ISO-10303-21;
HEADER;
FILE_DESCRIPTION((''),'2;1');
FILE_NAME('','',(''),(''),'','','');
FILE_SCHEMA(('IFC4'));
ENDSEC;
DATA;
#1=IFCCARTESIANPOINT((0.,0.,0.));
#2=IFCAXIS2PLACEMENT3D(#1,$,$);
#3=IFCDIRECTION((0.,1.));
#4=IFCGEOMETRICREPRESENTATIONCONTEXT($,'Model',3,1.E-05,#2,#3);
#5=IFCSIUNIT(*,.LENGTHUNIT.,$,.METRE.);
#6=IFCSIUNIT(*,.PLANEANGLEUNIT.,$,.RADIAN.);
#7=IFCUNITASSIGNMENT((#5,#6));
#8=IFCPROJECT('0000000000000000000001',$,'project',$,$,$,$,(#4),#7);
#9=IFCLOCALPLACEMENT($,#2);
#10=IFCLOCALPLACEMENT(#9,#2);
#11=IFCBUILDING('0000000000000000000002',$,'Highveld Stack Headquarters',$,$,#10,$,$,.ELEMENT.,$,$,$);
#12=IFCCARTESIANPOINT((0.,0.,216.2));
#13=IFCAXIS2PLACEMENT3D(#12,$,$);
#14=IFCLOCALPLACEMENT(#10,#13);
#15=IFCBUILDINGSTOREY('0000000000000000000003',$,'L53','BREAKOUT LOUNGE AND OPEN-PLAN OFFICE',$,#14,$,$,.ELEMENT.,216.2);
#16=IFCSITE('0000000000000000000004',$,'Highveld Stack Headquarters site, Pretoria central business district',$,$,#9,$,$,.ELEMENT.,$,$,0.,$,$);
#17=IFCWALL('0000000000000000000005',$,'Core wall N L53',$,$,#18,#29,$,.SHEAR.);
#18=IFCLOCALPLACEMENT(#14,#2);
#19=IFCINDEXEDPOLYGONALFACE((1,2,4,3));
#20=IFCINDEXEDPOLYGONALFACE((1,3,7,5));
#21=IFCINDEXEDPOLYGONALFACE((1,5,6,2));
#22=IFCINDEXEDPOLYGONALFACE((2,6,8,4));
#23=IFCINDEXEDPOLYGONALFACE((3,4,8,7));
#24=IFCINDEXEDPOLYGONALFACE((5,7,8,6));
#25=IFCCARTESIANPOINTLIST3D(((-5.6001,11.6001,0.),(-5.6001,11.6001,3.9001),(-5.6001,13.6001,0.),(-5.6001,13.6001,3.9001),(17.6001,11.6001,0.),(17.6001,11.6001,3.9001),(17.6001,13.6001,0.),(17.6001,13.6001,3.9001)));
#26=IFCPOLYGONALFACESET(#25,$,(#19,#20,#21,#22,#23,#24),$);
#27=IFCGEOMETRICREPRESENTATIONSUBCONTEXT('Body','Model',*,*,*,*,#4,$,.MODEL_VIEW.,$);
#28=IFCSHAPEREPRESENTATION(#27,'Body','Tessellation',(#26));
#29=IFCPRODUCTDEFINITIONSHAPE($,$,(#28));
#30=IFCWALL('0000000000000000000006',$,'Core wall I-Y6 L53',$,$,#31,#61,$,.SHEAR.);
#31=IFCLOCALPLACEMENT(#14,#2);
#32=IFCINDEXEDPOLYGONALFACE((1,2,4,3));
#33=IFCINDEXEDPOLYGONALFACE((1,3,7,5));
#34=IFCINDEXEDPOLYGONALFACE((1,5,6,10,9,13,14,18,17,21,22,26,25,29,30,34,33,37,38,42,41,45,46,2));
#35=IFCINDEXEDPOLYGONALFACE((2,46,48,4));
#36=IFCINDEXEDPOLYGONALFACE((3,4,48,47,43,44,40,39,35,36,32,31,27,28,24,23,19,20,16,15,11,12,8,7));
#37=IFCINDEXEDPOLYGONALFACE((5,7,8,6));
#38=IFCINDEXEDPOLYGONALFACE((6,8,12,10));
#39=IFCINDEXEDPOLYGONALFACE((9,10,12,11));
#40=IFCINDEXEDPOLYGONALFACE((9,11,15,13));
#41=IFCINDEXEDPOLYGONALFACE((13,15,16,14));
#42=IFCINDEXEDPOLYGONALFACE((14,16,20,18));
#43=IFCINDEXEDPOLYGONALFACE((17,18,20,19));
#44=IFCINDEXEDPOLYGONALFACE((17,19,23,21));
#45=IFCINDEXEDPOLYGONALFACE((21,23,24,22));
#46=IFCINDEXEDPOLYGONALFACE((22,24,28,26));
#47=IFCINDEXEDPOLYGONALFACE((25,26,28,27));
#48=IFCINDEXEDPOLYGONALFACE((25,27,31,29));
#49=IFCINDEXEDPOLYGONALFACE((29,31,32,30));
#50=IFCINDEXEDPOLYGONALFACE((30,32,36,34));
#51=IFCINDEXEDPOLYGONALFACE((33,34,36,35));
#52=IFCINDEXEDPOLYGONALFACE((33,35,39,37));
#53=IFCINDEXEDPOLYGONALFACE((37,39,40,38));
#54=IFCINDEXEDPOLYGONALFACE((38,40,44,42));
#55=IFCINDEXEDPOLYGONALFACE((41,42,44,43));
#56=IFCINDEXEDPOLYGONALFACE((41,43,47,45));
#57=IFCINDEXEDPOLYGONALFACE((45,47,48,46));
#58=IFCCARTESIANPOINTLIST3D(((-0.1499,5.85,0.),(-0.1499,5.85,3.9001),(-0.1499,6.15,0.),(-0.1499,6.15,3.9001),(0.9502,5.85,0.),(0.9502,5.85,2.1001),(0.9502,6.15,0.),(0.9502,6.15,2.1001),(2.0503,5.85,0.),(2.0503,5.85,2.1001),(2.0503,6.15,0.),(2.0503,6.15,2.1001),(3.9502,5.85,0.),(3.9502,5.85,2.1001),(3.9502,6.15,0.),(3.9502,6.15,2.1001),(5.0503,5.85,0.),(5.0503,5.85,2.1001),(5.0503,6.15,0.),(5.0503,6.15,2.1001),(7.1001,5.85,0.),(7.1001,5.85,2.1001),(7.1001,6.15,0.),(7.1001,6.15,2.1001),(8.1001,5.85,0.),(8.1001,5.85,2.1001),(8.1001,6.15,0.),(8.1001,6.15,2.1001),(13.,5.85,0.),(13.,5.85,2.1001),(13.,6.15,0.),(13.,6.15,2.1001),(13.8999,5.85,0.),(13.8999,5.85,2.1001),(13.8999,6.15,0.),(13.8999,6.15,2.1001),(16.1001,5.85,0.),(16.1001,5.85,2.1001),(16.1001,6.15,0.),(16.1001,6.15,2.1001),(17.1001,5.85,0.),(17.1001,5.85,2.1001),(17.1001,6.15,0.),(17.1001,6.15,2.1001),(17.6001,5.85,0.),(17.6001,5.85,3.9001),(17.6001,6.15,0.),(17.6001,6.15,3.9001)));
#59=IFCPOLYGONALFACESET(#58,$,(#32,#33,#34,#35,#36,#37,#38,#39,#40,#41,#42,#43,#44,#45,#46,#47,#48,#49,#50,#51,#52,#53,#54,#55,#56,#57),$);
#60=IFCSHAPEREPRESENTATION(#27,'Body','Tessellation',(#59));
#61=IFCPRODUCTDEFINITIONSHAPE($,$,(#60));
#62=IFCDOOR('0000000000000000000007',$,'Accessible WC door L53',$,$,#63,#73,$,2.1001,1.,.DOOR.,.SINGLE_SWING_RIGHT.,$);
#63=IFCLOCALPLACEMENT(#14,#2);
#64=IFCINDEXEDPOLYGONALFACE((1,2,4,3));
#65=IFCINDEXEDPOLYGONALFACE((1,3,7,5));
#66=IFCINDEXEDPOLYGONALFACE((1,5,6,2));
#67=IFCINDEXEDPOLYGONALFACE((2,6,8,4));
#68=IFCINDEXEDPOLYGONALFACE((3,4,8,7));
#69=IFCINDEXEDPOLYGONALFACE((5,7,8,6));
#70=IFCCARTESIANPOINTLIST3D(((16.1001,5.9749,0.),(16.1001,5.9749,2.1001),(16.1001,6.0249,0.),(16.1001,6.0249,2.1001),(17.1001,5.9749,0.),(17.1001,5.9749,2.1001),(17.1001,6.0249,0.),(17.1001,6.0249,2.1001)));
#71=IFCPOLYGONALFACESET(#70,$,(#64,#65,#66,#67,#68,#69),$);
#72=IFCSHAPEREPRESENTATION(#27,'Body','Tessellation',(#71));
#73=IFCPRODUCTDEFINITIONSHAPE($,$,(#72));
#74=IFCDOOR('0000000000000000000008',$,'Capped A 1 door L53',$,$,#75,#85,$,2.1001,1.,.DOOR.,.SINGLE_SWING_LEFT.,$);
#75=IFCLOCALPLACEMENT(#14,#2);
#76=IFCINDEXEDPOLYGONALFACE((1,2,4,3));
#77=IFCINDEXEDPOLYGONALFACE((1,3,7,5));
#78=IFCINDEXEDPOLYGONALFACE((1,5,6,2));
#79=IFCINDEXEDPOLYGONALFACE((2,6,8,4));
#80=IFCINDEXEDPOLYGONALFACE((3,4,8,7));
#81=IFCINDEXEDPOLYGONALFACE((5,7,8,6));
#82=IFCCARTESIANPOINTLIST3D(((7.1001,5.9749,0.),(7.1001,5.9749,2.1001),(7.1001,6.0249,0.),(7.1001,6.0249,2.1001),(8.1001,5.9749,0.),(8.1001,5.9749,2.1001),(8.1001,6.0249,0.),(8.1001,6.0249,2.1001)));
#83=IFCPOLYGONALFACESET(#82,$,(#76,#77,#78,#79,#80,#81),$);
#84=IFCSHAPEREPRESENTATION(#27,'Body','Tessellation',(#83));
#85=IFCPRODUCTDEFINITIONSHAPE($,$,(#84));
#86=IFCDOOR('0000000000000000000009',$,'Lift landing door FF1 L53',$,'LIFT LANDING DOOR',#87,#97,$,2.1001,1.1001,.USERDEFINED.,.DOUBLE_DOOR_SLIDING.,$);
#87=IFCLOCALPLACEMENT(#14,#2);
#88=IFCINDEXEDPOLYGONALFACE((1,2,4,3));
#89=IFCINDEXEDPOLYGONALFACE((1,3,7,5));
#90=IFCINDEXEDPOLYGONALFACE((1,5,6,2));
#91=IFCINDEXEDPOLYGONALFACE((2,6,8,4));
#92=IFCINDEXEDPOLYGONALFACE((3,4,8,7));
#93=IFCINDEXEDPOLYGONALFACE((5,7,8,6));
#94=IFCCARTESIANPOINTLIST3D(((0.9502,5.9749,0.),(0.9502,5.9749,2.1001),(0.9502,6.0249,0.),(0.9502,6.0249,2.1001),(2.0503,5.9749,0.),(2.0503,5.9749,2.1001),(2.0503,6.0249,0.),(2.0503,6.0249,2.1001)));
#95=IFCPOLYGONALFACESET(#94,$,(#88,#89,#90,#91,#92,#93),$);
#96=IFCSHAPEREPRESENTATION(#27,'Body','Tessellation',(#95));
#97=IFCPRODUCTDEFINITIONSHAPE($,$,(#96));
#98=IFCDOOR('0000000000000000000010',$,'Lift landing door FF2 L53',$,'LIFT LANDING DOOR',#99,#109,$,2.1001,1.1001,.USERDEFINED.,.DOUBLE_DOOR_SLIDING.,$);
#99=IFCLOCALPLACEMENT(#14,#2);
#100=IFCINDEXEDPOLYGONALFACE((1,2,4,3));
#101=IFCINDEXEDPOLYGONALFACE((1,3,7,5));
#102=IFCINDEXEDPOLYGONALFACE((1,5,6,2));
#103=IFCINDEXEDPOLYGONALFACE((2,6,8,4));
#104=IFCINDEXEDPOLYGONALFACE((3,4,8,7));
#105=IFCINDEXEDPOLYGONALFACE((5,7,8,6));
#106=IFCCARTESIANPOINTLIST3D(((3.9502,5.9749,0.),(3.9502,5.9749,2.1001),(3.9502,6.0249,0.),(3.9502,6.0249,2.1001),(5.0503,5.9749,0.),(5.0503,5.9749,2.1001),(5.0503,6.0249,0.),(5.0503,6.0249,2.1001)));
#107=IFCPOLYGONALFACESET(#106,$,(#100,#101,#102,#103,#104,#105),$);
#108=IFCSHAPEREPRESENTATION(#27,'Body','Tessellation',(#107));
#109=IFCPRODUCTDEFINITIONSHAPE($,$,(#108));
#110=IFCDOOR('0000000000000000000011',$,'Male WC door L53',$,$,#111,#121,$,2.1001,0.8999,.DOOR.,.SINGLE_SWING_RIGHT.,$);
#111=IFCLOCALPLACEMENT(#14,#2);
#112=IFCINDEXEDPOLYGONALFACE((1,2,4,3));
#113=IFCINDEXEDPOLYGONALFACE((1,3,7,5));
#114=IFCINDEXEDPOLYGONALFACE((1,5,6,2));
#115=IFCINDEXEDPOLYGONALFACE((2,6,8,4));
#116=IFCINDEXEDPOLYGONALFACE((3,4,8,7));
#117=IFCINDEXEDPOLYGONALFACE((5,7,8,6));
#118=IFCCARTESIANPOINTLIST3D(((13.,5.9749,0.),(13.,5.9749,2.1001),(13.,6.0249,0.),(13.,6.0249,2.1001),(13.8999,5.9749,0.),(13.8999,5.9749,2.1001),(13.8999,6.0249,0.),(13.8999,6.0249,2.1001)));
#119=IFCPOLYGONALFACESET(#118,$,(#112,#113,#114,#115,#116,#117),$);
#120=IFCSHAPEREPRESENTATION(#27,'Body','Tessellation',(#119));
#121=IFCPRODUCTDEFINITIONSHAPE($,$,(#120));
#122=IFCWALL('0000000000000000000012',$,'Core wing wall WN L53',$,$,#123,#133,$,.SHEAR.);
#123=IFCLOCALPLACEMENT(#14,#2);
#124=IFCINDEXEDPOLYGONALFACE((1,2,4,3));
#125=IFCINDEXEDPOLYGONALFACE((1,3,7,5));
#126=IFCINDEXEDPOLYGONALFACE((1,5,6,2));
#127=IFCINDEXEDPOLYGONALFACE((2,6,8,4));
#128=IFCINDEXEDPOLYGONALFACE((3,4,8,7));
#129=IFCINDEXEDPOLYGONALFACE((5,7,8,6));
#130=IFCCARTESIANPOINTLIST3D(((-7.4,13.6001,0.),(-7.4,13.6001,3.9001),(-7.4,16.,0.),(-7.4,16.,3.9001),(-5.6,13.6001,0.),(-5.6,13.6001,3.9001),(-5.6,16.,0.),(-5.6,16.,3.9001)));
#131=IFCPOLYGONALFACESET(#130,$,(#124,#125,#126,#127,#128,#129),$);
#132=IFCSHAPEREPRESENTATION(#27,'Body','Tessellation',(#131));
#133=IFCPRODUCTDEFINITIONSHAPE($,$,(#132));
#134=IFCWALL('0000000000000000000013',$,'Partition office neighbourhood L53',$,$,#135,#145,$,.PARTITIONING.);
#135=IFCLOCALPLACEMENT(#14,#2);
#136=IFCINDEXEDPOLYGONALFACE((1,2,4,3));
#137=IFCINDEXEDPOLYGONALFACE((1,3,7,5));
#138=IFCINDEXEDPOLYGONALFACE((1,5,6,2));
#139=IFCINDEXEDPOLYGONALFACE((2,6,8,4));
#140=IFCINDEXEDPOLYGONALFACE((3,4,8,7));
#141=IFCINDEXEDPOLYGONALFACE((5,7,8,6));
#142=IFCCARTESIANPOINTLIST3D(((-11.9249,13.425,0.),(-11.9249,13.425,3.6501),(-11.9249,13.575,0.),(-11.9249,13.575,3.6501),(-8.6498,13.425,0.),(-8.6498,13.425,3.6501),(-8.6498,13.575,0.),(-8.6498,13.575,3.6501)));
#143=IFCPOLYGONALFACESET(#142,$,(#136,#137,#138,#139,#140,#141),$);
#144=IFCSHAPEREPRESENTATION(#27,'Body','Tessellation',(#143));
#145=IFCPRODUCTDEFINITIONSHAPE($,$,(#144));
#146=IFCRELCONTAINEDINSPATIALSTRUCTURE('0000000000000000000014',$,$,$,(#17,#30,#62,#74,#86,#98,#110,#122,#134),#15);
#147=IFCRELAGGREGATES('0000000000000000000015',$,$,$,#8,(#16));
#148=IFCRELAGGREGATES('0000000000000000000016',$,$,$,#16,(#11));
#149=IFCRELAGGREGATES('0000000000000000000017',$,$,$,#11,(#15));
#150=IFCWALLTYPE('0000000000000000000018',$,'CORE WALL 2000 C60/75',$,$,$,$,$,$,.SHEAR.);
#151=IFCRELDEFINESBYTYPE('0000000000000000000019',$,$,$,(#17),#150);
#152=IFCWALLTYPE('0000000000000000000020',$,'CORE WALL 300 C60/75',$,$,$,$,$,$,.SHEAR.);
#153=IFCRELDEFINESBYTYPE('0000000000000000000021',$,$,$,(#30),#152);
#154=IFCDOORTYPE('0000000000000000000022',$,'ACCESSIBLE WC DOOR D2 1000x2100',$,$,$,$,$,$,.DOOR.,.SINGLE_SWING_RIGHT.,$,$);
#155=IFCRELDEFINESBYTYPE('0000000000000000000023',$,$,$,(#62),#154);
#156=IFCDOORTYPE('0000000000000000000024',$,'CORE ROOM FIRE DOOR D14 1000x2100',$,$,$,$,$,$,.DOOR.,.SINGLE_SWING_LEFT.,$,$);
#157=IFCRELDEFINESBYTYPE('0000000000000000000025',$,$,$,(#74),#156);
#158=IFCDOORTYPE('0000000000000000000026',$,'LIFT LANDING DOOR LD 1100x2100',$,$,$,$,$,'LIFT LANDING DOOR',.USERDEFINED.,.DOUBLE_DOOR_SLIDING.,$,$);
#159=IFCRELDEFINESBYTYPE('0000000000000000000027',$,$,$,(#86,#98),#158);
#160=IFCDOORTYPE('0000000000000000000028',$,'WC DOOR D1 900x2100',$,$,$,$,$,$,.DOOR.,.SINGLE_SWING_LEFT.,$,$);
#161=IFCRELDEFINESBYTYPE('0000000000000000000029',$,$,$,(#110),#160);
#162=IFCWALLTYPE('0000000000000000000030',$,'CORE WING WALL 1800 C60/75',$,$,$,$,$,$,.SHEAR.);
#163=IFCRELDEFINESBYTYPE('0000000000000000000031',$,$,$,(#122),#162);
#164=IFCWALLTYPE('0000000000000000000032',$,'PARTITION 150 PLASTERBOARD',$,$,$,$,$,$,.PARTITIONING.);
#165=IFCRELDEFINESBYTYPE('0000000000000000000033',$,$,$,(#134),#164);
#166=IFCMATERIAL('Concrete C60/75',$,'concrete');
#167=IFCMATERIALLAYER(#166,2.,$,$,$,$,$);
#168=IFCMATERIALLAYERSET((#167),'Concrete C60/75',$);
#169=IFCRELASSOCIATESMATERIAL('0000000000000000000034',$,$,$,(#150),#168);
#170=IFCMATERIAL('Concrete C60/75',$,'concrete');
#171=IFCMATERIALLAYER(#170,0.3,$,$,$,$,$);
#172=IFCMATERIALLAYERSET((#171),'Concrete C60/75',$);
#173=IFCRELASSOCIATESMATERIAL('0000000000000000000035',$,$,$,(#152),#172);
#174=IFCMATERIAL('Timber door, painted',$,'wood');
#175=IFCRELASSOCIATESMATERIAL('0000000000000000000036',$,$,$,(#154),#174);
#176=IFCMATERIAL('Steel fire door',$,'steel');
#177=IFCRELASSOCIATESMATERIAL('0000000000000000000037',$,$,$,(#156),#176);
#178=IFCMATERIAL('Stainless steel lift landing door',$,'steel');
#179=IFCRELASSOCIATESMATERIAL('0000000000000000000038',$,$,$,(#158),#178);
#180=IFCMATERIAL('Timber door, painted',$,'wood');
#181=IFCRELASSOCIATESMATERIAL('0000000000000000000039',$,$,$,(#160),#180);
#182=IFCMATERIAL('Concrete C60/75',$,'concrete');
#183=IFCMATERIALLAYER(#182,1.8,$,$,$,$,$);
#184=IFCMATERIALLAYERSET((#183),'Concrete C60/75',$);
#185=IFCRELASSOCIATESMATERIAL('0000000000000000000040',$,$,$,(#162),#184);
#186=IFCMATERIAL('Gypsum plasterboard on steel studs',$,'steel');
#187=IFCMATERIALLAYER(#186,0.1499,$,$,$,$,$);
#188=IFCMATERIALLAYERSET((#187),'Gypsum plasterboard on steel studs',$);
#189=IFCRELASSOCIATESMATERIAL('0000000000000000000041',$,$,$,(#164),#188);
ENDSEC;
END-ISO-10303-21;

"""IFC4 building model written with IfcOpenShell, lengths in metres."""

from ifc_helpers import new_model, si_unit, direction, frame, frame_2d, origin, place, context, subcontext, project, spatial, rectangle, extrude, material, layer, layer_set, type_object, element, fill, save


model = new_model("IFC4")

# Units and contexts
model_context = context("Model", 3, precision=1e-05, world=origin(), true_north=direction((0.0, 1.0)))
body_context = subcontext(model_context, "Body", "Model", "MODEL_VIEW")
ifc_project = project(units=[si_unit("LENGTHUNIT", "METRE"), si_unit("PLANEANGLEUNIT", "RADIAN")], contexts=[model_context])

# Site, building, storey
site_placement = place(None, origin())
site = spatial("IfcSite", under=ifc_project, at=site_placement, Name="Highveld Stack Headquarters site, Pretoria central business district", CompositionType="ELEMENT", RefElevation=0.0)
building_placement = place(site_placement, origin())
building = spatial("IfcBuilding", under=site, at=building_placement, Name="Highveld Stack Headquarters", CompositionType="ELEMENT")
storey_placement = place(building_placement, frame((0.0, 0.0, 216.2)))
storey = spatial("IfcBuildingStorey", under=building, at=storey_placement, Name="L53", Description="BREAKOUT LOUNGE AND OPEN-PLAN OFFICE", CompositionType="ELEMENT", Elevation=216.2)

# Wall
ifc_material_1 = material(Name="Concrete C60/75", Category="concrete")
ifc_layer_1 = layer(ifc_material_1, 2.0)
ifc_layer_set_1 = layer_set([ifc_layer_1], Name="Concrete C60/75")
wall_type_1 = type_object("IfcWallType", Name="CORE WALL 2000 C60/75", PredefinedType="SHEAR", material=ifc_layer_set_1)
wall_1_placement = place(storey_placement, frame((-5.6001, 12.6001, 0.0), z_axis=(0.0, 0.0, 1.0), x_axis=(1.0, 0.0, 0.0)))
element("IfcWall", 1, at=wall_1_placement, inside=storey, type_object=wall_type_1, Name="Core wall N L53", PredefinedType="SHEAR", context=body_context, shape_type="SweptSolid", body=[
    extrude(rectangle(XDim=23.2002, YDim=2.0, at=frame_2d((11.6001, 0.0))), origin(), (0.0, 0.0, 1.0), 3.9001),
])

# Wall, openings, doors
ifc_material_2 = material(Name="Concrete C60/75", Category="concrete")
ifc_layer_2 = layer(ifc_material_2, 0.3)
ifc_layer_set_2 = layer_set([ifc_layer_2], Name="Concrete C60/75")
wall_type_2 = type_object("IfcWallType", Name="CORE WALL 300 C60/75", PredefinedType="SHEAR", material=ifc_layer_set_2)
wall_2_placement = place(storey_placement, frame((-0.1499, 6.0, 0.0), z_axis=(0.0, 0.0, 1.0), x_axis=(1.0, 0.0, 0.0)))
wall_2 = element("IfcWall", 2, at=wall_2_placement, inside=storey, type_object=wall_type_2, Name="Core wall I-Y6 L53", PredefinedType="SHEAR", context=body_context, shape_type="SweptSolid", body=[
    extrude(rectangle(XDim=17.75, YDim=0.3, at=frame_2d((8.875, 0.0))), origin(), (0.0, 0.0, 1.0), 3.9001),
])
opening_1_placement = place(wall_2_placement, frame((13.1499, 0.0, 0.0)))
opening_1 = element("IfcOpeningElement", 3, at=opening_1_placement, cuts=wall_2, PredefinedType="OPENING", context=body_context, shape_type="SweptSolid", body=[
    extrude(rectangle(XDim=0.8999, YDim=2.1001, at=frame_2d((0.45, 1.05))), frame((0.0, 0.1599, 0.0), z_axis=(0.0, -1.0, 0.0), x_axis=(1.0, 0.0, 0.0)), (0.0, 0.0, 1.0), 0.3201),
])
opening_2_placement = place(wall_2_placement, frame((16.25, 0.0, 0.0)))
opening_2 = element("IfcOpeningElement", 4, at=opening_2_placement, cuts=wall_2, PredefinedType="OPENING", context=body_context, shape_type="SweptSolid", body=[
    extrude(rectangle(XDim=1.0, YDim=2.1001, at=frame_2d((0.5, 1.05))), frame((0.0, 0.1599, 0.0), z_axis=(0.0, -1.0, 0.0), x_axis=(1.0, 0.0, 0.0)), (0.0, 0.0, 1.0), 0.3201),
])
opening_3_placement = place(wall_2_placement, frame((7.25, 0.0, 0.0)))
opening_3 = element("IfcOpeningElement", 5, at=opening_3_placement, cuts=wall_2, PredefinedType="OPENING", context=body_context, shape_type="SweptSolid", body=[
    extrude(rectangle(XDim=1.0, YDim=2.1001, at=frame_2d((0.5, 1.05))), frame((0.0, 0.1599, 0.0), z_axis=(0.0, -1.0, 0.0), x_axis=(1.0, 0.0, 0.0)), (0.0, 0.0, 1.0), 0.3201),
])
opening_4_placement = place(wall_2_placement, frame((1.1001, 0.0, 0.0)))
opening_4 = element("IfcOpeningElement", 6, at=opening_4_placement, cuts=wall_2, PredefinedType="OPENING", context=body_context, shape_type="SweptSolid", body=[
    extrude(rectangle(XDim=1.1001, YDim=2.1001, at=frame_2d((0.55, 1.05))), frame((0.0, 0.1599, 0.0), z_axis=(0.0, -1.0, 0.0), x_axis=(1.0, 0.0, 0.0)), (0.0, 0.0, 1.0), 0.3201),
])
opening_5_placement = place(wall_2_placement, frame((4.1001, 0.0, 0.0)))
opening_5 = element("IfcOpeningElement", 7, at=opening_5_placement, cuts=wall_2, PredefinedType="OPENING", context=body_context, shape_type="SweptSolid", body=[
    extrude(rectangle(XDim=1.1001, YDim=2.1001, at=frame_2d((0.55, 1.05))), frame((0.0, 0.1599, 0.0), z_axis=(0.0, -1.0, 0.0), x_axis=(1.0, 0.0, 0.0)), (0.0, 0.0, 1.0), 0.3201),
])
ifc_material_3 = material(Name="Timber door, painted", Category="wood")
door_type_1 = type_object("IfcDoorType", Name="ACCESSIBLE WC DOOR D2 1000x2100", OperationType="SINGLE_SWING_RIGHT", PredefinedType="DOOR", material=ifc_material_3)
door_1_placement = place(opening_2_placement, origin())
door_1 = element("IfcDoor", 8, at=door_1_placement, inside=storey, type_object=door_type_1, Name="Accessible WC door L53", OperationType="SINGLE_SWING_RIGHT", OverallHeight=2.1001, OverallWidth=1.0, PredefinedType="DOOR", context=body_context, shape_type="SweptSolid", body=[
    extrude(rectangle(XDim=1.0, YDim=2.1001, at=frame_2d((0.5, 1.05))), frame((0.0, 0.0249, 0.0), z_axis=(0.0, -1.0, 0.0), x_axis=(1.0, 0.0, 0.0)), (0.0, 0.0, 1.0), 0.05),
])
fill(opening_2, door_1)
ifc_material_4 = material(Name="Steel fire door", Category="steel")
door_type_2 = type_object("IfcDoorType", Name="CORE ROOM FIRE DOOR D14 1000x2100", OperationType="SINGLE_SWING_LEFT", PredefinedType="DOOR", material=ifc_material_4)
door_2_placement = place(opening_3_placement, origin())
door_2 = element("IfcDoor", 9, at=door_2_placement, inside=storey, type_object=door_type_2, Name="Capped A 1 door L53", OperationType="SINGLE_SWING_LEFT", OverallHeight=2.1001, OverallWidth=1.0, PredefinedType="DOOR", context=body_context, shape_type="SweptSolid", body=[
    extrude(rectangle(XDim=1.0, YDim=2.1001, at=frame_2d((0.5, 1.05))), frame((0.0, 0.0249, 0.0), z_axis=(0.0, -1.0, 0.0), x_axis=(1.0, 0.0, 0.0)), (0.0, 0.0, 1.0), 0.05),
])
fill(opening_3, door_2)
ifc_material_5 = material(Name="Stainless steel lift landing door", Category="steel")
door_type_3 = type_object("IfcDoorType", Name="LIFT LANDING DOOR LD 1100x2100", ElementType="LIFT LANDING DOOR", OperationType="DOUBLE_DOOR_SLIDING", PredefinedType="USERDEFINED", material=ifc_material_5)
door_3_placement = place(opening_4_placement, origin())
door_3 = element("IfcDoor", 10, at=door_3_placement, inside=storey, type_object=door_type_3, Name="Lift landing door FF1 L53", ObjectType="LIFT LANDING DOOR", OperationType="DOUBLE_DOOR_SLIDING", OverallHeight=2.1001, OverallWidth=1.1001, PredefinedType="USERDEFINED", context=body_context, shape_type="SweptSolid", body=[
    extrude(rectangle(XDim=1.1001, YDim=2.1001, at=frame_2d((0.55, 1.05))), frame((0.0, 0.0249, 0.0), z_axis=(0.0, -1.0, 0.0), x_axis=(1.0, 0.0, 0.0)), (0.0, 0.0, 1.0), 0.05),
])
fill(opening_4, door_3)
door_4_placement = place(opening_5_placement, origin())
door_4 = element("IfcDoor", 11, at=door_4_placement, inside=storey, type_object=door_type_3, Name="Lift landing door FF2 L53", ObjectType="LIFT LANDING DOOR", OperationType="DOUBLE_DOOR_SLIDING", OverallHeight=2.1001, OverallWidth=1.1001, PredefinedType="USERDEFINED", context=body_context, shape_type="SweptSolid", body=[
    extrude(rectangle(XDim=1.1001, YDim=2.1001, at=frame_2d((0.55, 1.05))), frame((0.0, 0.0249, 0.0), z_axis=(0.0, -1.0, 0.0), x_axis=(1.0, 0.0, 0.0)), (0.0, 0.0, 1.0), 0.05),
])
fill(opening_5, door_4)
ifc_material_6 = material(Name="Timber door, painted", Category="wood")
door_type_4 = type_object("IfcDoorType", Name="WC DOOR D1 900x2100", OperationType="SINGLE_SWING_LEFT", PredefinedType="DOOR", material=ifc_material_6)
door_5_placement = place(opening_1_placement, origin())
door_5 = element("IfcDoor", 12, at=door_5_placement, inside=storey, type_object=door_type_4, Name="Male WC door L53", OperationType="SINGLE_SWING_RIGHT", OverallHeight=2.1001, OverallWidth=0.8999, PredefinedType="DOOR", context=body_context, shape_type="SweptSolid", body=[
    extrude(rectangle(XDim=0.8999, YDim=2.1001, at=frame_2d((0.45, 1.05))), frame((0.0, 0.0249, 0.0), z_axis=(0.0, -1.0, 0.0), x_axis=(1.0, 0.0, 0.0)), (0.0, 0.0, 1.0), 0.05),
])
fill(opening_1, door_5)

# Walls
ifc_material_7 = material(Name="Concrete C60/75", Category="concrete")
ifc_layer_3 = layer(ifc_material_7, 1.8)
ifc_layer_set_3 = layer_set([ifc_layer_3], Name="Concrete C60/75")
wall_type_3 = type_object("IfcWallType", Name="CORE WING WALL 1800 C60/75", PredefinedType="SHEAR", material=ifc_layer_set_3)
wall_3_placement = place(storey_placement, frame((-6.5, 13.6001, 0.0), z_axis=(0.0, 0.0, 1.0), x_axis=(0.0, 1.0, 0.0)))
element("IfcWall", 13, at=wall_3_placement, inside=storey, type_object=wall_type_3, Name="Core wing wall WN L53", PredefinedType="SHEAR", context=body_context, shape_type="SweptSolid", body=[
    extrude(rectangle(XDim=2.3999, YDim=1.8, at=frame_2d((1.2, 0.0))), origin(), (0.0, 0.0, 1.0), 3.9001),
])
ifc_material_8 = material(Name="Gypsum plasterboard on steel studs", Category="steel")
ifc_layer_4 = layer(ifc_material_8, 0.1499)
ifc_layer_set_4 = layer_set([ifc_layer_4], Name="Gypsum plasterboard on steel studs")
wall_type_4 = type_object("IfcWallType", Name="PARTITION 150 PLASTERBOARD", PredefinedType="PARTITIONING", material=ifc_layer_set_4)
wall_4_placement = place(storey_placement, frame((-11.925, 13.5, 0.0), z_axis=(0.0, 0.0, 1.0), x_axis=(1.0, 0.0, 0.0)))
element("IfcWall", 14, at=wall_4_placement, inside=storey, type_object=wall_type_4, Name="Partition office neighbourhood L53", PredefinedType="PARTITIONING", context=body_context, shape_type="SweptSolid", body=[
    extrude(rectangle(XDim=3.2751, YDim=0.1499, at=frame_2d((1.6377, 0.0))), origin(), (0.0, 0.0, 1.0), 3.6501),
])

save(model, "model.ifc")
